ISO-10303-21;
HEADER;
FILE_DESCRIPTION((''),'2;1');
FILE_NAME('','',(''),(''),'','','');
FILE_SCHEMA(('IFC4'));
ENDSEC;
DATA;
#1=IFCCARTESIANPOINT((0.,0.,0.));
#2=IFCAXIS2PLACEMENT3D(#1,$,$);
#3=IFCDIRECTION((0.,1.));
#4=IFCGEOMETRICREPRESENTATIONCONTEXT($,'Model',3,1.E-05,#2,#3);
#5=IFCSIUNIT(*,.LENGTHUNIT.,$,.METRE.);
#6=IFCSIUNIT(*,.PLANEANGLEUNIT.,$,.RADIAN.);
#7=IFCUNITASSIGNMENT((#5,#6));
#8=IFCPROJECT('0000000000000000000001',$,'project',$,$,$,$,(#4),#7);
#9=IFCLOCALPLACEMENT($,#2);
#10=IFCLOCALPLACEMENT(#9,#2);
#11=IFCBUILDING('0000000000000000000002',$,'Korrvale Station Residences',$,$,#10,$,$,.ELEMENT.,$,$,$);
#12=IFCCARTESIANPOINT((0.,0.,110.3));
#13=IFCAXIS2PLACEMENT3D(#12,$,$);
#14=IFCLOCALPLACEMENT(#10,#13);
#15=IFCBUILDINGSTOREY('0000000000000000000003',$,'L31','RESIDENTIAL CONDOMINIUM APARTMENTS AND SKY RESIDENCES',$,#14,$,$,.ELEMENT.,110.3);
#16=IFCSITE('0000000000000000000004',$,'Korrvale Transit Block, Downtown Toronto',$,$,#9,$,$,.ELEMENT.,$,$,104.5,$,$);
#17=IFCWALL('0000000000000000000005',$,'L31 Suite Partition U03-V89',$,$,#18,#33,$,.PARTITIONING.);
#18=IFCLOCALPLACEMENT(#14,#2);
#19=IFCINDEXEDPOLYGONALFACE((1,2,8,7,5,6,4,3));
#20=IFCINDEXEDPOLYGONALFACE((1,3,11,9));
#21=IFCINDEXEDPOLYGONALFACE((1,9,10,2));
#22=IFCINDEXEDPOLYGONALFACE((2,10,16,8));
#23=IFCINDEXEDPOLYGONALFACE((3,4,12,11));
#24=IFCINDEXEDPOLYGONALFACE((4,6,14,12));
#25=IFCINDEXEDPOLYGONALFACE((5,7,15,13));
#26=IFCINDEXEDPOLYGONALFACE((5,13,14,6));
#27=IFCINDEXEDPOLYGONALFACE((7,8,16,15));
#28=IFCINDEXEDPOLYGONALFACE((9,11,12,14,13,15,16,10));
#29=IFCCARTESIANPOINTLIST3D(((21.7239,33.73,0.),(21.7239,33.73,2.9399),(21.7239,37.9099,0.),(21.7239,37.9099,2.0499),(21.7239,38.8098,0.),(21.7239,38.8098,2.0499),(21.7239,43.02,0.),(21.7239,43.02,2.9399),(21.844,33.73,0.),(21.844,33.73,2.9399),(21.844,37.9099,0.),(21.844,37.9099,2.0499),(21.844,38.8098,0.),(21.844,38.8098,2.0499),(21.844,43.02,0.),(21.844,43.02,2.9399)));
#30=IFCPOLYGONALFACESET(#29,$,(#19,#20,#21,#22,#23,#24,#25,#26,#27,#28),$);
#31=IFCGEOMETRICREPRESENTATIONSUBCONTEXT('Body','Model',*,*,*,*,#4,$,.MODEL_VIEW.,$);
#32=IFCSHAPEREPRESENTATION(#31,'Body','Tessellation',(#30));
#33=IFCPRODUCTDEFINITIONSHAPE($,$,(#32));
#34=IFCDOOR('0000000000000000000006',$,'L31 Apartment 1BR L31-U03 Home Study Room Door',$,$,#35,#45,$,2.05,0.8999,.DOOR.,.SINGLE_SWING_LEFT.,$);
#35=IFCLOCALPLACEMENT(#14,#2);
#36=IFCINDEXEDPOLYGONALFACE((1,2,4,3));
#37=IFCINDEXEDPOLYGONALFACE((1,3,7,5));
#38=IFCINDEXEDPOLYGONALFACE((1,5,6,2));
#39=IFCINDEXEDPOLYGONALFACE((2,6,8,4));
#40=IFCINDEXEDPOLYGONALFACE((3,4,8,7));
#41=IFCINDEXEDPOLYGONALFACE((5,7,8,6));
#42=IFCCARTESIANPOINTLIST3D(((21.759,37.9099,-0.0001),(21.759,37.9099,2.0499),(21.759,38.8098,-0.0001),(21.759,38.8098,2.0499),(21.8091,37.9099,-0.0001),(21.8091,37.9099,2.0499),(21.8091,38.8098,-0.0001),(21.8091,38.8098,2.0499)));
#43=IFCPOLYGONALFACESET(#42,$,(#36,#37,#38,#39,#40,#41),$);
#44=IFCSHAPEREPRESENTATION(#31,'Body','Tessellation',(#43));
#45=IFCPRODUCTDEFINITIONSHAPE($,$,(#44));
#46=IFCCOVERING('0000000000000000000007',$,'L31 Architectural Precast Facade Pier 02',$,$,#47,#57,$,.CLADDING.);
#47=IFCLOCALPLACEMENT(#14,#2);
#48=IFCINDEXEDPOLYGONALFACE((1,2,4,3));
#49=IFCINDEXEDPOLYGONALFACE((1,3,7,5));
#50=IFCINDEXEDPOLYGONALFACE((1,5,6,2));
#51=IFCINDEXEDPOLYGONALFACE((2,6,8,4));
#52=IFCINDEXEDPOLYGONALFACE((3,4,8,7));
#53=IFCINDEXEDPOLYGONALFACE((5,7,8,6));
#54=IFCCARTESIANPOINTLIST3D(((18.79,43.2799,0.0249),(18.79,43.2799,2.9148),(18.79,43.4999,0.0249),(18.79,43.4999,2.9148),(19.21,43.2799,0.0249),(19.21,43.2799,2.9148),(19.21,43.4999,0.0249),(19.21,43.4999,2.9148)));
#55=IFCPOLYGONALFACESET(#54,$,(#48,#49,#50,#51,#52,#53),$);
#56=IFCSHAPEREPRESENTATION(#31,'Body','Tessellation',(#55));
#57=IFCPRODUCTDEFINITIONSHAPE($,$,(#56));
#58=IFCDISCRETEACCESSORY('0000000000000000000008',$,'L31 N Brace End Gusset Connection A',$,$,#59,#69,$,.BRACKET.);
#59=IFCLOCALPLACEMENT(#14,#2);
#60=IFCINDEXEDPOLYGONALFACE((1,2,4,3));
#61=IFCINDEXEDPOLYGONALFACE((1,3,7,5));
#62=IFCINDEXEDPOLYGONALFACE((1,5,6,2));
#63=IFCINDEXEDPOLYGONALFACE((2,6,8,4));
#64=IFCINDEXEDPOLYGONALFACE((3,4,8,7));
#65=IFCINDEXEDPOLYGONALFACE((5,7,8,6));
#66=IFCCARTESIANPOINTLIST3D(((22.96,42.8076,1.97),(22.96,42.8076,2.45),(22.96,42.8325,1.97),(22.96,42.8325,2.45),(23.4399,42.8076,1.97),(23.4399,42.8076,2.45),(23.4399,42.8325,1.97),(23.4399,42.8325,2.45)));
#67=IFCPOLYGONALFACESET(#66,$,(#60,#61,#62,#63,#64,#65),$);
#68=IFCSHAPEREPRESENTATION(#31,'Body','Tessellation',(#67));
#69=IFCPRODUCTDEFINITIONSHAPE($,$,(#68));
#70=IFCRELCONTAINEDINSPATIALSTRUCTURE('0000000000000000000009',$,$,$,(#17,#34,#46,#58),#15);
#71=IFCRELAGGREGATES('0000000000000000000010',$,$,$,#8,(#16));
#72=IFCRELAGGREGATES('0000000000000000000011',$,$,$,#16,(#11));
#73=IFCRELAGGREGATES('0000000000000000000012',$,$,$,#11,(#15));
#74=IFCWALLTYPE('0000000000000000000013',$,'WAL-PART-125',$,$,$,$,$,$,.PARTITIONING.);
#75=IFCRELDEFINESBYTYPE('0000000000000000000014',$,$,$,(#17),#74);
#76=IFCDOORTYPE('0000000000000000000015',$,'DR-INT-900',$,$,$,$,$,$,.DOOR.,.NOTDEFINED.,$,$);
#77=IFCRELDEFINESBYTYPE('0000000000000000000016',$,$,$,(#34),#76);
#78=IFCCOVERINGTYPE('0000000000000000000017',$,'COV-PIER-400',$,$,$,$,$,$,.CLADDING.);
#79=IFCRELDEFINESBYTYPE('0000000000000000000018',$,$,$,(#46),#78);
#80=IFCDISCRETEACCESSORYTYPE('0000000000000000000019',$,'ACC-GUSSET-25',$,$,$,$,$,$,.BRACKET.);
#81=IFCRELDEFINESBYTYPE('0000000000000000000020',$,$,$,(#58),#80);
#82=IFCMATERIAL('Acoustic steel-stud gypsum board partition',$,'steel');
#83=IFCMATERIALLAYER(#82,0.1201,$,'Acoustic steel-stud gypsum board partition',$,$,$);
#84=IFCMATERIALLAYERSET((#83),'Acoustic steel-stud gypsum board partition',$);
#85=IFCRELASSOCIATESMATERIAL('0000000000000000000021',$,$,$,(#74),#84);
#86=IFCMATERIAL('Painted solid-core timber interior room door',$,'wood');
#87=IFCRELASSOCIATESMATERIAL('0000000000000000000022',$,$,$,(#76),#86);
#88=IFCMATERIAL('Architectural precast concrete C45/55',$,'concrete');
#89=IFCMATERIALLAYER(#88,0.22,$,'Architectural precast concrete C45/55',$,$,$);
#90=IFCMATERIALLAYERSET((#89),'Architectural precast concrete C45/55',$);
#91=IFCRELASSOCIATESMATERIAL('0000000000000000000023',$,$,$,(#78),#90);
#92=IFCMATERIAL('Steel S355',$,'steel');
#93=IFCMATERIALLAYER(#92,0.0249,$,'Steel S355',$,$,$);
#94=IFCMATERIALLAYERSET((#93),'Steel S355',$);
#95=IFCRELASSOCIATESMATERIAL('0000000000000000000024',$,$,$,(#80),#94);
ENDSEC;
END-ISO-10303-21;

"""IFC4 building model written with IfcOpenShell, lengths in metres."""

from ifc_helpers import new_model, si_unit, direction, frame, frame_2d, origin, origin_2d, place, context, subcontext, project, spatial, rectangle, extrude, material, layer, layer_set, type_object, element, fill, save


model = new_model("IFC4")

# Units and contexts
model_context = context("Model", 3, precision=1e-05, world=origin(), true_north=direction((0.0, 1.0)))
body_context = subcontext(model_context, "Body", "Model", "MODEL_VIEW")
ifc_project = project(units=[si_unit("LENGTHUNIT", "METRE"), si_unit("PLANEANGLEUNIT", "RADIAN")], contexts=[model_context])

# Site, building, storey
site_placement = place(None, origin())
site = spatial("IfcSite", under=ifc_project, at=site_placement, Name="Korrvale Transit Block, Downtown Toronto", CompositionType="ELEMENT", RefElevation=104.5)
building_placement = place(site_placement, origin())
building = spatial("IfcBuilding", under=site, at=building_placement, Name="Korrvale Station Residences", CompositionType="ELEMENT")
storey_placement = place(building_placement, frame((0.0, 0.0, 110.3)))
storey = spatial("IfcBuildingStorey", under=building, at=storey_placement, Name="L31", Description="RESIDENTIAL CONDOMINIUM APARTMENTS AND SKY RESIDENCES", CompositionType="ELEMENT", Elevation=110.3)

# Shared definitions
ifc_material_1 = material(Name="Steel S355", Category="steel")

# Wall, opening, door
ifc_material_2 = material(Name="Acoustic steel-stud gypsum board partition", Category="steel")
ifc_layer_1 = layer(ifc_material_2, 0.1201, Name="Acoustic steel-stud gypsum board partition")
ifc_layer_set_1 = layer_set([ifc_layer_1], Name="Acoustic steel-stud gypsum board partition")
wall_type = type_object("IfcWallType", Name="WAL-PART-125", PredefinedType="PARTITIONING", material=ifc_layer_set_1)
ifc_material_3 = material(Name="Painted solid-core timber interior room door", Category="wood")
door_type = type_object("IfcDoorType", Name="DR-INT-900", OperationType="NOTDEFINED", PredefinedType="DOOR", material=ifc_material_3)
wall_1_placement = place(storey_placement, frame((21.7839, 33.73, 0.0), z_axis=(0.0, 0.0, 1.0), x_axis=(0.0, 1.0, 0.0)))
wall_1 = element("IfcWall", 1, at=wall_1_placement, inside=storey, type_object=wall_type, Name="L31 Suite Partition U03-V89", PredefinedType="PARTITIONING", context=body_context, shape_type="SweptSolid", body=[
    extrude(rectangle(XDim=9.29, YDim=0.1201, at=frame_2d((4.645, 0.0))), origin(), (0.0, 0.0, 1.0), 2.9399),
])
opening_1_placement = place(wall_1_placement, frame((4.1799, 0.0, 0.0)))
opening_1 = element("IfcOpeningElement", 2, at=opening_1_placement, cuts=wall_1, PredefinedType="OPENING", context=body_context, shape_type="SweptSolid", body=[
    extrude(rectangle(XDim=0.8999, YDim=2.05, at=frame_2d((0.45, 1.0249))), frame((0.0, 0.0701, 0.0), z_axis=(0.0, -1.0, 0.0), x_axis=(1.0, 0.0, 0.0)), (0.0, 0.0, 1.0), 0.1401),
])
door_1_placement = place(opening_1_placement, origin())
door_1 = element("IfcDoor", 3, at=door_1_placement, inside=storey, type_object=door_type, Name="L31 Apartment 1BR L31-U03 Home Study Room Door", OperationType="SINGLE_SWING_LEFT", OverallHeight=2.05, OverallWidth=0.8999, PredefinedType="DOOR", context=body_context, shape_type="SweptSolid", body=[
    extrude(rectangle(XDim=0.8999, YDim=2.05, at=frame_2d((0.45, 1.0249))), frame((0.0, 0.0249, 0.0), z_axis=(0.0, -1.0, 0.0), x_axis=(1.0, 0.0, 0.0)), (0.0, 0.0, 1.0), 0.05),
])
fill(opening_1, door_1)

# Covering
ifc_material_4 = material(Name="Architectural precast concrete C45/55", Category="concrete")
ifc_layer_2 = layer(ifc_material_4, 0.22, Name="Architectural precast concrete C45/55")
ifc_layer_set_2 = layer_set([ifc_layer_2], Name="Architectural precast concrete C45/55")
covering_type = type_object("IfcCoveringType", Name="COV-PIER-400", PredefinedType="CLADDING", material=ifc_layer_set_2)
covering_placement = place(storey_placement, frame((19.0, 43.3899, 0.0249), z_axis=(0.0, 0.0, 1.0), x_axis=(1.0, 0.0, 0.0)))
element("IfcCovering", 4, at=covering_placement, inside=storey, type_object=covering_type, Name="L31 Architectural Precast Facade Pier 02", PredefinedType="CLADDING", context=body_context, shape_type="SweptSolid", body=[
    extrude(rectangle(XDim=0.4199, YDim=0.22, at=origin_2d()), origin(), (0.0, 0.0, 1.0), 2.8899),
])

# Discrete accessory
ifc_layer_3 = layer(ifc_material_1, 0.0249, Name="Steel S355")
ifc_layer_set_3 = layer_set([ifc_layer_3], Name="Steel S355")
discrete_accessory_type = type_object("IfcDiscreteAccessoryType", Name="ACC-GUSSET-25", PredefinedType="BRACKET", material=ifc_layer_set_3)
discrete_accessory_placement = place(storey_placement, frame((23.2, 42.8201, 1.97), z_axis=(0.0, 0.0, 1.0), x_axis=(1.0, 0.0, 0.0)))
element("IfcDiscreteAccessory", 5, at=discrete_accessory_placement, inside=storey, type_object=discrete_accessory_type, Name="L31 N Brace End Gusset Connection A", PredefinedType="BRACKET", context=body_context, shape_type="SweptSolid", body=[
    extrude(rectangle(XDim=0.48, YDim=0.0249, at=origin_2d()), origin(), (0.0, 0.0, 1.0), 0.48),
])

save(model, "model.ifc")
